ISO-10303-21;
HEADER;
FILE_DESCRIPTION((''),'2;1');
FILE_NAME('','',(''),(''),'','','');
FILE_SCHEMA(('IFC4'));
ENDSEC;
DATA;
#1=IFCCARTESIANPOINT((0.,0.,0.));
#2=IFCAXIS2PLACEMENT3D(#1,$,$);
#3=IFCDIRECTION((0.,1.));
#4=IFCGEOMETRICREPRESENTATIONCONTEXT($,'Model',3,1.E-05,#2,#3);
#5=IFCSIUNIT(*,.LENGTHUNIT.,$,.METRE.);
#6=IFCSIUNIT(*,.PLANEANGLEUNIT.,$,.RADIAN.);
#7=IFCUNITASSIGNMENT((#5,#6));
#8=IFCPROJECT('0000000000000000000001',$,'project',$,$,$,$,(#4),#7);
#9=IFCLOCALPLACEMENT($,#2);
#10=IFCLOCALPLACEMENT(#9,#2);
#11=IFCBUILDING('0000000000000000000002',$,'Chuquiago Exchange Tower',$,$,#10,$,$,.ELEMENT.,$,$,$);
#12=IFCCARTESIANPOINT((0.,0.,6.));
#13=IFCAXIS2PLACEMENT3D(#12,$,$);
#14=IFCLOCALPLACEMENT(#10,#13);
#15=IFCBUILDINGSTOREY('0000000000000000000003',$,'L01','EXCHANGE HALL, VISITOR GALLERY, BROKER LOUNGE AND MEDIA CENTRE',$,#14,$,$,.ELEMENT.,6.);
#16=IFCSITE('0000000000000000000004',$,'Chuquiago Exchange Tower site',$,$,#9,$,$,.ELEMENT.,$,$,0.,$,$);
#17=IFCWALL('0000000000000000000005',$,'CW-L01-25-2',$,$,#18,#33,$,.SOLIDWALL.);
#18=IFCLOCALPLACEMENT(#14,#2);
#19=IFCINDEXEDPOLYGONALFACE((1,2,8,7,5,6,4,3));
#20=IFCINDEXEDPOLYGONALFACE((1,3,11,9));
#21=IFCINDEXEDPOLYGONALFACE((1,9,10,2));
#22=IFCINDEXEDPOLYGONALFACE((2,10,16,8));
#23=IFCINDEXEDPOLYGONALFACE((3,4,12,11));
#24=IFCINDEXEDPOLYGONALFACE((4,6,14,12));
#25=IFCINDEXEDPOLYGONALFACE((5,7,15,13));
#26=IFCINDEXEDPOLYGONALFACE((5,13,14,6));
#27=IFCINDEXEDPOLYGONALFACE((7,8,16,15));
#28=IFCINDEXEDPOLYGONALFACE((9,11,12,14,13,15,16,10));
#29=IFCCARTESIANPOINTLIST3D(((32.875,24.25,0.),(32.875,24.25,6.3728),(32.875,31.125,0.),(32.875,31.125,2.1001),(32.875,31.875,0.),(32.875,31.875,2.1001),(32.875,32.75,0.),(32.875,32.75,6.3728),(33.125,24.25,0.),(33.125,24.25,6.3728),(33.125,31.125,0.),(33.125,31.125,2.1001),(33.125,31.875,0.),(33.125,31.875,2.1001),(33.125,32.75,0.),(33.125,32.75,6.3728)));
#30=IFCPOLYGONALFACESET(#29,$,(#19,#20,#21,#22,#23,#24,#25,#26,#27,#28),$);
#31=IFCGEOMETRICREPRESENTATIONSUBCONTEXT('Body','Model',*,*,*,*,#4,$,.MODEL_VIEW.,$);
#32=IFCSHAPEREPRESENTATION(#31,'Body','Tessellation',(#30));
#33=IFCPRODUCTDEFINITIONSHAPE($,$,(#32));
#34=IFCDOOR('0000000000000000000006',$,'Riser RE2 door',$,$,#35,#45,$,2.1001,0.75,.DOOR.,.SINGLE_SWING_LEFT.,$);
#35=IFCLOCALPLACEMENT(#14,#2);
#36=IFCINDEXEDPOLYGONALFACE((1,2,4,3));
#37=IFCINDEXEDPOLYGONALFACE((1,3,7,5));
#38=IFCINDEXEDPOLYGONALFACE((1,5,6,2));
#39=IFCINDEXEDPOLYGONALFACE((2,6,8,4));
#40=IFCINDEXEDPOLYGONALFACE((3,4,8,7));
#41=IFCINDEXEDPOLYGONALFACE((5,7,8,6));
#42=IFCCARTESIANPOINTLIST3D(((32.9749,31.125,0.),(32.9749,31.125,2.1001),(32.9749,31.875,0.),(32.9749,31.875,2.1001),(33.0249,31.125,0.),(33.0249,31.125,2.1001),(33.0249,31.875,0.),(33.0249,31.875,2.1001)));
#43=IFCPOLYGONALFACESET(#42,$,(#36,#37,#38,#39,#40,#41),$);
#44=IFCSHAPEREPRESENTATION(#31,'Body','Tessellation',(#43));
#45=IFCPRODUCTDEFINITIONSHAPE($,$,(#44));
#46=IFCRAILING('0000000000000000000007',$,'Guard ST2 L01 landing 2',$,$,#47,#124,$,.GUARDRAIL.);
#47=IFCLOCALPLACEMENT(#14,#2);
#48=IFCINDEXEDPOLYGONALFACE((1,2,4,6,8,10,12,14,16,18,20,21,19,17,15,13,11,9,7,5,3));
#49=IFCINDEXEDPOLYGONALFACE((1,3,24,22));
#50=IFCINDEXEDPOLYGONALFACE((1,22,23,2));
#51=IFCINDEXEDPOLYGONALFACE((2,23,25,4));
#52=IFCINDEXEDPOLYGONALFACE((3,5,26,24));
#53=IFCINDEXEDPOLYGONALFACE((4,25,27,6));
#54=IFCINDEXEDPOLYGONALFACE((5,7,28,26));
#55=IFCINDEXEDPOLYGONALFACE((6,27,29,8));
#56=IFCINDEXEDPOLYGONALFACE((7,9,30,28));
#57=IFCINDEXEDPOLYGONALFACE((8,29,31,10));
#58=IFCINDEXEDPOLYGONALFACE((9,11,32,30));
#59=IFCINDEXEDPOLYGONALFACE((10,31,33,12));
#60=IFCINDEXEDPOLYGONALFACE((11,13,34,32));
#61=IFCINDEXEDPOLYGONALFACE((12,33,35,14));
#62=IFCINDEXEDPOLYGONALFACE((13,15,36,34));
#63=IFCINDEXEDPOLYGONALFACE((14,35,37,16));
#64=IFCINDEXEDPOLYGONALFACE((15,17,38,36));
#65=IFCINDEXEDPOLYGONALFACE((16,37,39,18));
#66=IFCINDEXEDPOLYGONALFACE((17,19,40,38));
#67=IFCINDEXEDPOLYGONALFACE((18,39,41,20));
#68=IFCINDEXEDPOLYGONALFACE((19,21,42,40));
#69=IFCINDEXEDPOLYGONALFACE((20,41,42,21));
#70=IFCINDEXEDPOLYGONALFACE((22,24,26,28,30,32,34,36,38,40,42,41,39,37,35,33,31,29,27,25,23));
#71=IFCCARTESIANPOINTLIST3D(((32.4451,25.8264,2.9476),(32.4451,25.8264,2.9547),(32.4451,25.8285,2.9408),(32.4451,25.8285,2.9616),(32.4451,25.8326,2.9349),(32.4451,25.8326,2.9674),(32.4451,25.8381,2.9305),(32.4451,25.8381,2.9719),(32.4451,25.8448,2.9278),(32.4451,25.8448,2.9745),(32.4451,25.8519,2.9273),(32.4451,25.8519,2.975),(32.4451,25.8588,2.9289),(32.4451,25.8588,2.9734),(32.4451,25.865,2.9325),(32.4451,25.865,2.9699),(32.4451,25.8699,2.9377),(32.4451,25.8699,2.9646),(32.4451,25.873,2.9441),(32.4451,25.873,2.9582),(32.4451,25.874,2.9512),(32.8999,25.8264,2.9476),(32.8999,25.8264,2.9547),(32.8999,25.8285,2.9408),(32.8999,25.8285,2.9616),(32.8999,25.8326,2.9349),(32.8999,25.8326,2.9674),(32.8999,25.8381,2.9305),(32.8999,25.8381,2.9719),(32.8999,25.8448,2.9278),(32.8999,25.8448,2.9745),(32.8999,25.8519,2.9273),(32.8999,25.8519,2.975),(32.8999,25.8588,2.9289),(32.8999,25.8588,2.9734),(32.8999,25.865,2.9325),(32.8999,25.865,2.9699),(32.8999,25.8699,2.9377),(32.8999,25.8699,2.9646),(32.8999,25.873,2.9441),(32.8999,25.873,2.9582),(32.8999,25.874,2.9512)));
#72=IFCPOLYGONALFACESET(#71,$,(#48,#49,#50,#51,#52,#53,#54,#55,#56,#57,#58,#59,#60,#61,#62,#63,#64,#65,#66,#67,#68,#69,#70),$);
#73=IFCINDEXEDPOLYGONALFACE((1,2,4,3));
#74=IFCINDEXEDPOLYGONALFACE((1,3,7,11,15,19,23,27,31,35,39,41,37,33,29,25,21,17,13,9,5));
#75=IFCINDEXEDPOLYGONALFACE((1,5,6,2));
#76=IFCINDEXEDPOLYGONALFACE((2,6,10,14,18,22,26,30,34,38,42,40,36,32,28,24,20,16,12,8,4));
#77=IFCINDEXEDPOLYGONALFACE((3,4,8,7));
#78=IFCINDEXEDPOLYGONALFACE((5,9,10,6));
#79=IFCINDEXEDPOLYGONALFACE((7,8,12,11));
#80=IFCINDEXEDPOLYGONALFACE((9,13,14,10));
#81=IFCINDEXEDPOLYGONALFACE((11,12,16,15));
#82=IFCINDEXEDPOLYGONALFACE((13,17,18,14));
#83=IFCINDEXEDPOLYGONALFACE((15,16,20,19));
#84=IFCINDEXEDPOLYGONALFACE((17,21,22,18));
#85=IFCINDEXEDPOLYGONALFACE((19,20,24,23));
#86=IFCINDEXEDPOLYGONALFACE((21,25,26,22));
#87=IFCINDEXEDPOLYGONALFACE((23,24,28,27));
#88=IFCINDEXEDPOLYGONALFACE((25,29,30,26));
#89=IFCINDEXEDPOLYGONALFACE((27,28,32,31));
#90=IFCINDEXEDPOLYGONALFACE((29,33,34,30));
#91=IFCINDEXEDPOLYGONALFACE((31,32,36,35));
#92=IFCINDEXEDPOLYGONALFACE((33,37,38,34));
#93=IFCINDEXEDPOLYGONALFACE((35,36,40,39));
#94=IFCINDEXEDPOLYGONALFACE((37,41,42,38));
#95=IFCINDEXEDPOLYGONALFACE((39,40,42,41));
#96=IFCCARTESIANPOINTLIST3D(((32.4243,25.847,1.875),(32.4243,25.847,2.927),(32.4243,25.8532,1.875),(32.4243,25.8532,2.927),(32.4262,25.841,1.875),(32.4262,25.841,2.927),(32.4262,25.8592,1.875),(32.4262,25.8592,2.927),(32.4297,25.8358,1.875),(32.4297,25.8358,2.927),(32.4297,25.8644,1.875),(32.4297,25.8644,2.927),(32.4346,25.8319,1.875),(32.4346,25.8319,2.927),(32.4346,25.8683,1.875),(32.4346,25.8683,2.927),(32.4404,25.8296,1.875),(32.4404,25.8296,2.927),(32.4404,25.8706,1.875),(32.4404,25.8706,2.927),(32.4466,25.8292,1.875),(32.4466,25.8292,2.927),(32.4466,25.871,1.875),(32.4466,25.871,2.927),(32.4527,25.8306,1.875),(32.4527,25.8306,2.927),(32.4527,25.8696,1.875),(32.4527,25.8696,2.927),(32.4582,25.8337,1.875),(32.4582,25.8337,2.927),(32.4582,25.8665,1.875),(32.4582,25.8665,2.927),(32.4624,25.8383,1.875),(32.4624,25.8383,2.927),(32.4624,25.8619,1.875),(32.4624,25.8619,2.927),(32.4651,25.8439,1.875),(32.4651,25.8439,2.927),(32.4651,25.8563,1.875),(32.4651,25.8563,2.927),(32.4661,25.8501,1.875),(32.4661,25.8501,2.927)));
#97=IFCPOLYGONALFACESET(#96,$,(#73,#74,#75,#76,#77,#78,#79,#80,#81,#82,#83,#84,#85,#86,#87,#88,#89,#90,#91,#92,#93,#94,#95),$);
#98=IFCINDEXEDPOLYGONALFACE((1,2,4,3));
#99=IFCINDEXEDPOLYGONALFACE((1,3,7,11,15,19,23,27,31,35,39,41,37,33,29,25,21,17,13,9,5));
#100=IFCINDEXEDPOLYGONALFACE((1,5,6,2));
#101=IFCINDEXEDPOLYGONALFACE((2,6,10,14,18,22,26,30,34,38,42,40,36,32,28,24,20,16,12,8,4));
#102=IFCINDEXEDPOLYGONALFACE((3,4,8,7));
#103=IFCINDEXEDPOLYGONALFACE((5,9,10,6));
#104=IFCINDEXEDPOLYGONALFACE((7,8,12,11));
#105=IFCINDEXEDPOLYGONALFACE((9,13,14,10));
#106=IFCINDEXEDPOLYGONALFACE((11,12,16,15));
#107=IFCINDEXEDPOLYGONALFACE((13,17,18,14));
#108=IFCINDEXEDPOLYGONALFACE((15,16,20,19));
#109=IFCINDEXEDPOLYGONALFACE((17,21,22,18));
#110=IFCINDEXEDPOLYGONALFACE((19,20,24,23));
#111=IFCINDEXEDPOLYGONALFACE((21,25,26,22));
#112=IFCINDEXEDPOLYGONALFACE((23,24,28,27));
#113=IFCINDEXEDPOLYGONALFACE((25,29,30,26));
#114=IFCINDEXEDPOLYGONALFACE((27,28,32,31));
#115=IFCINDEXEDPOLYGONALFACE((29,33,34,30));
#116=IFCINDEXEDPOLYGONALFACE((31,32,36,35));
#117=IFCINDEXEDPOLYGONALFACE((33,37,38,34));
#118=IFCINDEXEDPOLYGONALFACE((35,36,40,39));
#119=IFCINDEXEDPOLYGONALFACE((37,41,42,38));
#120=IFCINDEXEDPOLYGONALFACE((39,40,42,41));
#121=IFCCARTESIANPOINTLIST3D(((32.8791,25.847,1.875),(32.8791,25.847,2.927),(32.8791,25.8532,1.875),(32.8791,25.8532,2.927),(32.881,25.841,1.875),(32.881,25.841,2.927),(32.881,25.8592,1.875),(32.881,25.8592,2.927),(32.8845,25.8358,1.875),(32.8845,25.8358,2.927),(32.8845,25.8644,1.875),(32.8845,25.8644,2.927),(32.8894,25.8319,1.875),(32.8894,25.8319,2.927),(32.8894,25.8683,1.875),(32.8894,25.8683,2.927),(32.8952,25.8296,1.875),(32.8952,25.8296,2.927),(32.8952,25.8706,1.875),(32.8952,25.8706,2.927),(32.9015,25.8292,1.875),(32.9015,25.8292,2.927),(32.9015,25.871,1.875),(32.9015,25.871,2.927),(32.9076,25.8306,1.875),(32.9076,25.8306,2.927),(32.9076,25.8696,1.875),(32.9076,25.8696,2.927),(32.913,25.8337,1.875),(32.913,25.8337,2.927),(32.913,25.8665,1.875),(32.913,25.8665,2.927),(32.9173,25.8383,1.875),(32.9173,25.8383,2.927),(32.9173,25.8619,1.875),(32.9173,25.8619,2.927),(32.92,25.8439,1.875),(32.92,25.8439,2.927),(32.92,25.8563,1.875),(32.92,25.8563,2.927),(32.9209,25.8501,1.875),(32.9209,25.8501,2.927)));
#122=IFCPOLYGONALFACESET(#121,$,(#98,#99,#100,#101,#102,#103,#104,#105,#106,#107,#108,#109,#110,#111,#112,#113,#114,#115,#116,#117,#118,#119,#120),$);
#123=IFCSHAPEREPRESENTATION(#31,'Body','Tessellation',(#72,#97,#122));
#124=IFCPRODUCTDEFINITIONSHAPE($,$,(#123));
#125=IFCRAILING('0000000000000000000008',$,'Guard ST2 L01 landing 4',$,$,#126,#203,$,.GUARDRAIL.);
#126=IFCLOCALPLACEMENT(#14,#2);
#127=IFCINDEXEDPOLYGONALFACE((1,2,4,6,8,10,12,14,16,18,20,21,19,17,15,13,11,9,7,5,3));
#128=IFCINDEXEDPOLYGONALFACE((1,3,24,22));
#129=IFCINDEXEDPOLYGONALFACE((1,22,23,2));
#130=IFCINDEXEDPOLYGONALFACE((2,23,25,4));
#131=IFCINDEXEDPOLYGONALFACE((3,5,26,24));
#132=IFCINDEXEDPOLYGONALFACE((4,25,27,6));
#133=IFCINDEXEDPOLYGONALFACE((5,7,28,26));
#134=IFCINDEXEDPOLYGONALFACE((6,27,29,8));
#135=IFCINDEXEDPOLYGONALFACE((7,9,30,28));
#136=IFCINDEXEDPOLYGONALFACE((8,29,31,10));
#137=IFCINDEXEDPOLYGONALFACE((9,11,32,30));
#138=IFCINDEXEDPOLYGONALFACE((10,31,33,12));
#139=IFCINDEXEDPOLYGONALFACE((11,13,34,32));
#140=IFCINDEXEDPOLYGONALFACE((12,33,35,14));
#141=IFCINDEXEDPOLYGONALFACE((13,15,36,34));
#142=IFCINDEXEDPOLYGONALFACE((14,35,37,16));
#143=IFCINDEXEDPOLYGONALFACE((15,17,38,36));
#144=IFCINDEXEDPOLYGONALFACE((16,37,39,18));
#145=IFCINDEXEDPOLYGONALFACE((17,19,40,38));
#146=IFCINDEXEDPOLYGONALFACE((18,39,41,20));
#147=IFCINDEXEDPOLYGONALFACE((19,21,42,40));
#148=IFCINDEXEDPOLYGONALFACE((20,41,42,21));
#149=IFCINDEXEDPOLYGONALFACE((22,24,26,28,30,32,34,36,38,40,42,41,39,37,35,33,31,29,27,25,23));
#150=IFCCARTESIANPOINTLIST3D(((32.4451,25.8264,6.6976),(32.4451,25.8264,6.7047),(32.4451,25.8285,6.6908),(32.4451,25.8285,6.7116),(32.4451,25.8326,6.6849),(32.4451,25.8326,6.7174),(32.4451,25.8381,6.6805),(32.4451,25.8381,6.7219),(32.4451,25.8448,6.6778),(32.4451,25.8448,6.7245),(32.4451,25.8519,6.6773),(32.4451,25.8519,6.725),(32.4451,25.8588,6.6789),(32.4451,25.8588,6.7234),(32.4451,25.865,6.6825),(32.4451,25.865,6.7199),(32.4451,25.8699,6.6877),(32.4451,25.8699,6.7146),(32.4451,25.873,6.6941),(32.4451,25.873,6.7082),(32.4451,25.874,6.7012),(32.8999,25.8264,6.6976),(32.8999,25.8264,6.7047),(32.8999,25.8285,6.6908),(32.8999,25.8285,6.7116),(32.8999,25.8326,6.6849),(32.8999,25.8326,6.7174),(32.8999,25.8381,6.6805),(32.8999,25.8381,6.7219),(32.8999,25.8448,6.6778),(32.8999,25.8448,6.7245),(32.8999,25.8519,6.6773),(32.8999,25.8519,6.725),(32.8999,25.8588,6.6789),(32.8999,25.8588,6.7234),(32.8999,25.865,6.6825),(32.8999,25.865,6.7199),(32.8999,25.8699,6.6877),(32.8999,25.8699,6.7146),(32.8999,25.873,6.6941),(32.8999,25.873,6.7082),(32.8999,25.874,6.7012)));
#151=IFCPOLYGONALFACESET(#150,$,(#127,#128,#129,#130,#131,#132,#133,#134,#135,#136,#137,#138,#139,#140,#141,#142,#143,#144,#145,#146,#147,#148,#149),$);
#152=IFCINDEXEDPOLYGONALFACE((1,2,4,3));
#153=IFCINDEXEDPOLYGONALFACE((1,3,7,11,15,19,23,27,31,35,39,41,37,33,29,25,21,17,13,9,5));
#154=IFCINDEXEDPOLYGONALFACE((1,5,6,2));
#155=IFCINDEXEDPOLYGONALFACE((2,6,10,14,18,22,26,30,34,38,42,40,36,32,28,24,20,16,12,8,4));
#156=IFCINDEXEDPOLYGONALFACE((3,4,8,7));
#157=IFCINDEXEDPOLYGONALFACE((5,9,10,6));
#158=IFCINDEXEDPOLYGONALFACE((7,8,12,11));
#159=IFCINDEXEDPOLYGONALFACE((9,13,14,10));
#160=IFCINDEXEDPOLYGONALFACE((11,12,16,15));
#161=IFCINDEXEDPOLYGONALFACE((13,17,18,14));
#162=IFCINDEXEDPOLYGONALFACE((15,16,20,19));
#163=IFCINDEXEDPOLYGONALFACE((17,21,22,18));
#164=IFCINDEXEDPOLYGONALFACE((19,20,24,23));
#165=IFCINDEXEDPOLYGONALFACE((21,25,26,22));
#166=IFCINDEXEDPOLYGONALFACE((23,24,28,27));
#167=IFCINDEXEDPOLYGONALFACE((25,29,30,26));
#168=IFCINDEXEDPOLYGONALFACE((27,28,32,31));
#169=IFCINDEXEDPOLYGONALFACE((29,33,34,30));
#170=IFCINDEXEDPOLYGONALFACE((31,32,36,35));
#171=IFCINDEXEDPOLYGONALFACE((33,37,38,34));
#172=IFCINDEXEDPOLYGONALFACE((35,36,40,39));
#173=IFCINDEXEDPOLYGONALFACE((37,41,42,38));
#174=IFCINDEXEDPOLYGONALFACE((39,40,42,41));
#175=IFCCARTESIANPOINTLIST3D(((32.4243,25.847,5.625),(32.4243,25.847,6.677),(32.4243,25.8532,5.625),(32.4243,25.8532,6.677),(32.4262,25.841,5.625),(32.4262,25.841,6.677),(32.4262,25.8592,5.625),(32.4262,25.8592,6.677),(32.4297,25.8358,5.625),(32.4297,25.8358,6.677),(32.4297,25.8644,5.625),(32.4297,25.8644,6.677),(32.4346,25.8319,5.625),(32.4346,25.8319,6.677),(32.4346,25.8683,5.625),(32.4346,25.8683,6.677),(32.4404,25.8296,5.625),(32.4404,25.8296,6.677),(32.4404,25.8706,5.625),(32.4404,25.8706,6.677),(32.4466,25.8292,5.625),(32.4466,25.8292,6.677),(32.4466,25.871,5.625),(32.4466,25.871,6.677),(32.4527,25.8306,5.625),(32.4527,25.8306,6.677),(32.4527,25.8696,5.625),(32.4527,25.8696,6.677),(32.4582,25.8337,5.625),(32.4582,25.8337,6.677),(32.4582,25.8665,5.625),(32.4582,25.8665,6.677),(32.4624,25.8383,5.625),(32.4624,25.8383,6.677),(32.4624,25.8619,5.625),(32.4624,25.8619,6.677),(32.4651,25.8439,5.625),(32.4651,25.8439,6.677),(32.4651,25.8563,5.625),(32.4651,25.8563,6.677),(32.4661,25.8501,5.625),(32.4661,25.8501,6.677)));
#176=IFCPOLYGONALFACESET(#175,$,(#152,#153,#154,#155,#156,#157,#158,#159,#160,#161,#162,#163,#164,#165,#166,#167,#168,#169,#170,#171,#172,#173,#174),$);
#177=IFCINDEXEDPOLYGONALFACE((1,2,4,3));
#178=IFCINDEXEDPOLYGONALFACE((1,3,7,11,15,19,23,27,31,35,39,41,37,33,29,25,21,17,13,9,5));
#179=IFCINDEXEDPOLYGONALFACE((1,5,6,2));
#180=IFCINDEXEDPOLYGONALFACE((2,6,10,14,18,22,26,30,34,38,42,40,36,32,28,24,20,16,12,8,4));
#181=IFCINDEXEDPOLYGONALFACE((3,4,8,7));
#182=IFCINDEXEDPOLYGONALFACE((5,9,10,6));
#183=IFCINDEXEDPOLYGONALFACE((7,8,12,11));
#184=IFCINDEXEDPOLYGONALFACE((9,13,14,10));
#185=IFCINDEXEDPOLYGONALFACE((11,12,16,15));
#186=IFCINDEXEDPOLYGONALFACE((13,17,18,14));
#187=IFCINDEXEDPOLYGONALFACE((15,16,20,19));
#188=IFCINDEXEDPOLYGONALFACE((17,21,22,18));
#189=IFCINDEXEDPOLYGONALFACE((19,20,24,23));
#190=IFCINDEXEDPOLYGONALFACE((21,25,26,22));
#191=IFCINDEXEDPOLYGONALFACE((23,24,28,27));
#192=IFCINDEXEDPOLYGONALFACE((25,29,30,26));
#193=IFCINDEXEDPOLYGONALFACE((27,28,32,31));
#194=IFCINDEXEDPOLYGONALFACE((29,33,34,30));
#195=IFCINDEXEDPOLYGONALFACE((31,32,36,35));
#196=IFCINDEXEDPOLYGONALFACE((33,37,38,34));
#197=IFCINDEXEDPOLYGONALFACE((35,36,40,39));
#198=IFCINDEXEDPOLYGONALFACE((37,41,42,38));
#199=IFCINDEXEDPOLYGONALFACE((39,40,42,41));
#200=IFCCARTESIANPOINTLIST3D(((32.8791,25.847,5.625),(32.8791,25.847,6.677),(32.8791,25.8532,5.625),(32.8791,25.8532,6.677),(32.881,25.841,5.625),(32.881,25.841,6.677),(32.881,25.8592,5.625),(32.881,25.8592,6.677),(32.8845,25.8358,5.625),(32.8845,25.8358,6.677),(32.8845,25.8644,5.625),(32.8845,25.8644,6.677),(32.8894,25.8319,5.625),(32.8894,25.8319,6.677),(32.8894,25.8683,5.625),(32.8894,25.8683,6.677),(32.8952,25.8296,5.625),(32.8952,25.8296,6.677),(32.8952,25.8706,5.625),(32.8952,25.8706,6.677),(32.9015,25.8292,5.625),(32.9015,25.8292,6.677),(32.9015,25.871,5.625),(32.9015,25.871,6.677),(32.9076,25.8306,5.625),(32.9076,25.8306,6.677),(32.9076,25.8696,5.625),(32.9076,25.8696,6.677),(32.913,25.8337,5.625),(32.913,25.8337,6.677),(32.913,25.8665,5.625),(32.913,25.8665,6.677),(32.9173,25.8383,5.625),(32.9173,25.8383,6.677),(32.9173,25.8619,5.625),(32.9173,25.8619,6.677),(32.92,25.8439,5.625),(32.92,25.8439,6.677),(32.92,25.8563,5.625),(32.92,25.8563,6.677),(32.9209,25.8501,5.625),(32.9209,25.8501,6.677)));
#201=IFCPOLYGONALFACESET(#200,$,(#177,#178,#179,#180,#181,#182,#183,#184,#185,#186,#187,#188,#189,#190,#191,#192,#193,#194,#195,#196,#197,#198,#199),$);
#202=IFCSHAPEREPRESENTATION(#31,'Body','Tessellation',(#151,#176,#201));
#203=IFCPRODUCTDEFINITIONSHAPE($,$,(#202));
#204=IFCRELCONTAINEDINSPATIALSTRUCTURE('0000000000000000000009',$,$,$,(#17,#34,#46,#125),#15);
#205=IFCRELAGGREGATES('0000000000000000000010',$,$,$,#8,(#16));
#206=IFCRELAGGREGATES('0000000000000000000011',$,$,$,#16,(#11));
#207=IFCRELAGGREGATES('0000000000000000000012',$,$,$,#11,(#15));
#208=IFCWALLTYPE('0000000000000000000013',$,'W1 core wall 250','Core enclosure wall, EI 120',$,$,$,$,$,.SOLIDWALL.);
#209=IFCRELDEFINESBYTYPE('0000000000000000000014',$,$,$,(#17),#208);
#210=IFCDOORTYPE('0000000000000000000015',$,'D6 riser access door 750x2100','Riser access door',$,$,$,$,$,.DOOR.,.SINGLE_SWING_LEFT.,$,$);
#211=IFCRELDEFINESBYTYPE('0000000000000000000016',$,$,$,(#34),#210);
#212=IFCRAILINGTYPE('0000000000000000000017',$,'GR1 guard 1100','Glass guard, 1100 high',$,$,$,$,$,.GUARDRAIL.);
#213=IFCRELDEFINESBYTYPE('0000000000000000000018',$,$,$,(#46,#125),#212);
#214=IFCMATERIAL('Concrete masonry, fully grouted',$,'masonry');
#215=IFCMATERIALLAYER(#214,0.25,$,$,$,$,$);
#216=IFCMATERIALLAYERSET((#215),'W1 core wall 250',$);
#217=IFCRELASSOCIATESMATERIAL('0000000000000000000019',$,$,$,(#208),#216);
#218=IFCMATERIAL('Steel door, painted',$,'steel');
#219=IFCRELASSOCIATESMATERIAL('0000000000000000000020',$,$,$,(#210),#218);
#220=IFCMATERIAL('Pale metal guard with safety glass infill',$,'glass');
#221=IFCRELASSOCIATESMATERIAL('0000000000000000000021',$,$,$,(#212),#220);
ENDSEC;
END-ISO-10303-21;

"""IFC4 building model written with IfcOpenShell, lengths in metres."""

from ifc_helpers import new_model, si_unit, direction, frame, frame_2d, origin, origin_2d, place, context, subcontext, project, spatial, rectangle, circle, extrude, material, layer, layer_set, type_object, element, fill, save


model = new_model("IFC4")

# Units and contexts
model_context = context("Model", 3, precision=1e-05, world=origin(), true_north=direction((0.0, 1.0)))
body_context = subcontext(model_context, "Body", "Model", "MODEL_VIEW")
ifc_project = project(units=[si_unit("LENGTHUNIT", "METRE"), si_unit("PLANEANGLEUNIT", "RADIAN")], contexts=[model_context])

# Site, building, storey
site_placement = place(None, origin())
site = spatial("IfcSite", under=ifc_project, at=site_placement, Name="Chuquiago Exchange Tower site", CompositionType="ELEMENT", RefElevation=0.0)
building_placement = place(site_placement, origin())
building = spatial("IfcBuilding", under=site, at=building_placement, Name="Chuquiago Exchange Tower", CompositionType="ELEMENT")
storey_placement = place(building_placement, frame((0.0, 0.0, 6.0)))
storey = spatial("IfcBuildingStorey", under=building, at=storey_placement, Name="L01", Description="EXCHANGE HALL, VISITOR GALLERY, BROKER LOUNGE AND MEDIA CENTRE", CompositionType="ELEMENT", Elevation=6.0)

# Shared definitions
ifc_material_1 = material(Name="Concrete masonry, fully grouted", Category="masonry")
ifc_layer = layer(ifc_material_1, 0.25)
ifc_layer_set = layer_set([ifc_layer], Name="W1 core wall 250")
wall_type = type_object("IfcWallType", Name="W1 core wall 250", Description="Core enclosure wall, EI 120", PredefinedType="SOLIDWALL", material=ifc_layer_set)

# Wall, opening, door
wall_1_placement = place(storey_placement, frame((33.0, 24.25, 0.0), z_axis=(0.0, 0.0, 1.0), x_axis=(0.0, 1.0, 0.0)))
wall_1 = element("IfcWall", 1, at=wall_1_placement, inside=storey, type_object=wall_type, Name="CW-L01-25-2", PredefinedType="SOLIDWALL", context=body_context, shape_type="SweptSolid", body=[
    extrude(rectangle(XDim=8.5, YDim=0.25, at=frame_2d((4.25, 0.0))), origin(), (0.0, 0.0, 1.0), 6.3728),
])
opening_placement = place(wall_1_placement, frame((6.875, 0.0, 0.0)))
opening = element("IfcOpeningElement", 2, at=opening_placement, cuts=wall_1, PredefinedType="OPENING", context=body_context, shape_type="SweptSolid", body=[
    extrude(rectangle(XDim=0.75, YDim=2.1001, at=frame_2d((0.375, 1.05))), frame((0.0, 0.135, 0.0), z_axis=(0.0, -1.0, 0.0), x_axis=(1.0, 0.0, 0.0)), (0.0, 0.0, 1.0), 0.27),
])
ifc_material_2 = material(Name="Steel door, painted", Category="steel")
door_type = type_object("IfcDoorType", Name="D6 riser access door 750x2100", Description="Riser access door", OperationType="SINGLE_SWING_LEFT", PredefinedType="DOOR", material=ifc_material_2)
door_placement = place(opening_placement, frame((0.75, 0.0, 0.0), z_axis=(0.0, 0.0, 1.0), x_axis=(-1.0, 0.0, 0.0)))
door = element("IfcDoor", 3, at=door_placement, inside=storey, type_object=door_type, Name="Riser RE2 door", OperationType="SINGLE_SWING_LEFT", OverallHeight=2.1001, OverallWidth=0.75, PredefinedType="DOOR", context=body_context, shape_type="SweptSolid", body=[
    extrude(rectangle(XDim=0.75, YDim=2.1001, at=frame_2d((0.375, 1.05))), frame((0.0, 0.0249, 0.0), z_axis=(0.0, -1.0, 0.0), x_axis=(1.0, 0.0, 0.0)), (0.0, 0.0, 1.0), 0.05),
])
fill(opening, door)

# Railings
ifc_material_3 = material(Name="Pale metal guard with safety glass infill", Category="glass")
railing_type_1 = type_object("IfcRailingType", Name="GR1 guard 1100", Description="Glass guard, 1100 high", PredefinedType="GUARDRAIL", material=ifc_material_3)
for number, where, name in (
    (4, (32.4451, 25.8501, 1.875), "Guard ST2 L01 landing 2"),
    (5, (32.4451, 25.8501, 5.625), "Guard ST2 L01 landing 4"),
):
    element("IfcRailing", number, at=place(storey_placement, frame(where)), inside=storey, type_object=railing_type_1, Name=name, PredefinedType="GUARDRAIL", context=body_context, shape_type="SweptSolid", body=[
        extrude(circle(Radius=0.0239, at=origin_2d()), frame((0.0, 0.0, 1.0762), z_axis=(1.0, 0.0, 0.0), x_axis=(0.0, 1.0, 0.0)), (0.0, 0.0, 1.0), 0.4548),
        extrude(circle(Radius=0.021, at=origin_2d()), origin(), (0.0, 0.0, 1.0), 1.052),
        extrude(circle(Radius=0.021, at=origin_2d()), frame((0.4548, 0.0, 0.0)), (0.0, 0.0, 1.0), 1.052),
    ])

save(model, "model.ifc")
